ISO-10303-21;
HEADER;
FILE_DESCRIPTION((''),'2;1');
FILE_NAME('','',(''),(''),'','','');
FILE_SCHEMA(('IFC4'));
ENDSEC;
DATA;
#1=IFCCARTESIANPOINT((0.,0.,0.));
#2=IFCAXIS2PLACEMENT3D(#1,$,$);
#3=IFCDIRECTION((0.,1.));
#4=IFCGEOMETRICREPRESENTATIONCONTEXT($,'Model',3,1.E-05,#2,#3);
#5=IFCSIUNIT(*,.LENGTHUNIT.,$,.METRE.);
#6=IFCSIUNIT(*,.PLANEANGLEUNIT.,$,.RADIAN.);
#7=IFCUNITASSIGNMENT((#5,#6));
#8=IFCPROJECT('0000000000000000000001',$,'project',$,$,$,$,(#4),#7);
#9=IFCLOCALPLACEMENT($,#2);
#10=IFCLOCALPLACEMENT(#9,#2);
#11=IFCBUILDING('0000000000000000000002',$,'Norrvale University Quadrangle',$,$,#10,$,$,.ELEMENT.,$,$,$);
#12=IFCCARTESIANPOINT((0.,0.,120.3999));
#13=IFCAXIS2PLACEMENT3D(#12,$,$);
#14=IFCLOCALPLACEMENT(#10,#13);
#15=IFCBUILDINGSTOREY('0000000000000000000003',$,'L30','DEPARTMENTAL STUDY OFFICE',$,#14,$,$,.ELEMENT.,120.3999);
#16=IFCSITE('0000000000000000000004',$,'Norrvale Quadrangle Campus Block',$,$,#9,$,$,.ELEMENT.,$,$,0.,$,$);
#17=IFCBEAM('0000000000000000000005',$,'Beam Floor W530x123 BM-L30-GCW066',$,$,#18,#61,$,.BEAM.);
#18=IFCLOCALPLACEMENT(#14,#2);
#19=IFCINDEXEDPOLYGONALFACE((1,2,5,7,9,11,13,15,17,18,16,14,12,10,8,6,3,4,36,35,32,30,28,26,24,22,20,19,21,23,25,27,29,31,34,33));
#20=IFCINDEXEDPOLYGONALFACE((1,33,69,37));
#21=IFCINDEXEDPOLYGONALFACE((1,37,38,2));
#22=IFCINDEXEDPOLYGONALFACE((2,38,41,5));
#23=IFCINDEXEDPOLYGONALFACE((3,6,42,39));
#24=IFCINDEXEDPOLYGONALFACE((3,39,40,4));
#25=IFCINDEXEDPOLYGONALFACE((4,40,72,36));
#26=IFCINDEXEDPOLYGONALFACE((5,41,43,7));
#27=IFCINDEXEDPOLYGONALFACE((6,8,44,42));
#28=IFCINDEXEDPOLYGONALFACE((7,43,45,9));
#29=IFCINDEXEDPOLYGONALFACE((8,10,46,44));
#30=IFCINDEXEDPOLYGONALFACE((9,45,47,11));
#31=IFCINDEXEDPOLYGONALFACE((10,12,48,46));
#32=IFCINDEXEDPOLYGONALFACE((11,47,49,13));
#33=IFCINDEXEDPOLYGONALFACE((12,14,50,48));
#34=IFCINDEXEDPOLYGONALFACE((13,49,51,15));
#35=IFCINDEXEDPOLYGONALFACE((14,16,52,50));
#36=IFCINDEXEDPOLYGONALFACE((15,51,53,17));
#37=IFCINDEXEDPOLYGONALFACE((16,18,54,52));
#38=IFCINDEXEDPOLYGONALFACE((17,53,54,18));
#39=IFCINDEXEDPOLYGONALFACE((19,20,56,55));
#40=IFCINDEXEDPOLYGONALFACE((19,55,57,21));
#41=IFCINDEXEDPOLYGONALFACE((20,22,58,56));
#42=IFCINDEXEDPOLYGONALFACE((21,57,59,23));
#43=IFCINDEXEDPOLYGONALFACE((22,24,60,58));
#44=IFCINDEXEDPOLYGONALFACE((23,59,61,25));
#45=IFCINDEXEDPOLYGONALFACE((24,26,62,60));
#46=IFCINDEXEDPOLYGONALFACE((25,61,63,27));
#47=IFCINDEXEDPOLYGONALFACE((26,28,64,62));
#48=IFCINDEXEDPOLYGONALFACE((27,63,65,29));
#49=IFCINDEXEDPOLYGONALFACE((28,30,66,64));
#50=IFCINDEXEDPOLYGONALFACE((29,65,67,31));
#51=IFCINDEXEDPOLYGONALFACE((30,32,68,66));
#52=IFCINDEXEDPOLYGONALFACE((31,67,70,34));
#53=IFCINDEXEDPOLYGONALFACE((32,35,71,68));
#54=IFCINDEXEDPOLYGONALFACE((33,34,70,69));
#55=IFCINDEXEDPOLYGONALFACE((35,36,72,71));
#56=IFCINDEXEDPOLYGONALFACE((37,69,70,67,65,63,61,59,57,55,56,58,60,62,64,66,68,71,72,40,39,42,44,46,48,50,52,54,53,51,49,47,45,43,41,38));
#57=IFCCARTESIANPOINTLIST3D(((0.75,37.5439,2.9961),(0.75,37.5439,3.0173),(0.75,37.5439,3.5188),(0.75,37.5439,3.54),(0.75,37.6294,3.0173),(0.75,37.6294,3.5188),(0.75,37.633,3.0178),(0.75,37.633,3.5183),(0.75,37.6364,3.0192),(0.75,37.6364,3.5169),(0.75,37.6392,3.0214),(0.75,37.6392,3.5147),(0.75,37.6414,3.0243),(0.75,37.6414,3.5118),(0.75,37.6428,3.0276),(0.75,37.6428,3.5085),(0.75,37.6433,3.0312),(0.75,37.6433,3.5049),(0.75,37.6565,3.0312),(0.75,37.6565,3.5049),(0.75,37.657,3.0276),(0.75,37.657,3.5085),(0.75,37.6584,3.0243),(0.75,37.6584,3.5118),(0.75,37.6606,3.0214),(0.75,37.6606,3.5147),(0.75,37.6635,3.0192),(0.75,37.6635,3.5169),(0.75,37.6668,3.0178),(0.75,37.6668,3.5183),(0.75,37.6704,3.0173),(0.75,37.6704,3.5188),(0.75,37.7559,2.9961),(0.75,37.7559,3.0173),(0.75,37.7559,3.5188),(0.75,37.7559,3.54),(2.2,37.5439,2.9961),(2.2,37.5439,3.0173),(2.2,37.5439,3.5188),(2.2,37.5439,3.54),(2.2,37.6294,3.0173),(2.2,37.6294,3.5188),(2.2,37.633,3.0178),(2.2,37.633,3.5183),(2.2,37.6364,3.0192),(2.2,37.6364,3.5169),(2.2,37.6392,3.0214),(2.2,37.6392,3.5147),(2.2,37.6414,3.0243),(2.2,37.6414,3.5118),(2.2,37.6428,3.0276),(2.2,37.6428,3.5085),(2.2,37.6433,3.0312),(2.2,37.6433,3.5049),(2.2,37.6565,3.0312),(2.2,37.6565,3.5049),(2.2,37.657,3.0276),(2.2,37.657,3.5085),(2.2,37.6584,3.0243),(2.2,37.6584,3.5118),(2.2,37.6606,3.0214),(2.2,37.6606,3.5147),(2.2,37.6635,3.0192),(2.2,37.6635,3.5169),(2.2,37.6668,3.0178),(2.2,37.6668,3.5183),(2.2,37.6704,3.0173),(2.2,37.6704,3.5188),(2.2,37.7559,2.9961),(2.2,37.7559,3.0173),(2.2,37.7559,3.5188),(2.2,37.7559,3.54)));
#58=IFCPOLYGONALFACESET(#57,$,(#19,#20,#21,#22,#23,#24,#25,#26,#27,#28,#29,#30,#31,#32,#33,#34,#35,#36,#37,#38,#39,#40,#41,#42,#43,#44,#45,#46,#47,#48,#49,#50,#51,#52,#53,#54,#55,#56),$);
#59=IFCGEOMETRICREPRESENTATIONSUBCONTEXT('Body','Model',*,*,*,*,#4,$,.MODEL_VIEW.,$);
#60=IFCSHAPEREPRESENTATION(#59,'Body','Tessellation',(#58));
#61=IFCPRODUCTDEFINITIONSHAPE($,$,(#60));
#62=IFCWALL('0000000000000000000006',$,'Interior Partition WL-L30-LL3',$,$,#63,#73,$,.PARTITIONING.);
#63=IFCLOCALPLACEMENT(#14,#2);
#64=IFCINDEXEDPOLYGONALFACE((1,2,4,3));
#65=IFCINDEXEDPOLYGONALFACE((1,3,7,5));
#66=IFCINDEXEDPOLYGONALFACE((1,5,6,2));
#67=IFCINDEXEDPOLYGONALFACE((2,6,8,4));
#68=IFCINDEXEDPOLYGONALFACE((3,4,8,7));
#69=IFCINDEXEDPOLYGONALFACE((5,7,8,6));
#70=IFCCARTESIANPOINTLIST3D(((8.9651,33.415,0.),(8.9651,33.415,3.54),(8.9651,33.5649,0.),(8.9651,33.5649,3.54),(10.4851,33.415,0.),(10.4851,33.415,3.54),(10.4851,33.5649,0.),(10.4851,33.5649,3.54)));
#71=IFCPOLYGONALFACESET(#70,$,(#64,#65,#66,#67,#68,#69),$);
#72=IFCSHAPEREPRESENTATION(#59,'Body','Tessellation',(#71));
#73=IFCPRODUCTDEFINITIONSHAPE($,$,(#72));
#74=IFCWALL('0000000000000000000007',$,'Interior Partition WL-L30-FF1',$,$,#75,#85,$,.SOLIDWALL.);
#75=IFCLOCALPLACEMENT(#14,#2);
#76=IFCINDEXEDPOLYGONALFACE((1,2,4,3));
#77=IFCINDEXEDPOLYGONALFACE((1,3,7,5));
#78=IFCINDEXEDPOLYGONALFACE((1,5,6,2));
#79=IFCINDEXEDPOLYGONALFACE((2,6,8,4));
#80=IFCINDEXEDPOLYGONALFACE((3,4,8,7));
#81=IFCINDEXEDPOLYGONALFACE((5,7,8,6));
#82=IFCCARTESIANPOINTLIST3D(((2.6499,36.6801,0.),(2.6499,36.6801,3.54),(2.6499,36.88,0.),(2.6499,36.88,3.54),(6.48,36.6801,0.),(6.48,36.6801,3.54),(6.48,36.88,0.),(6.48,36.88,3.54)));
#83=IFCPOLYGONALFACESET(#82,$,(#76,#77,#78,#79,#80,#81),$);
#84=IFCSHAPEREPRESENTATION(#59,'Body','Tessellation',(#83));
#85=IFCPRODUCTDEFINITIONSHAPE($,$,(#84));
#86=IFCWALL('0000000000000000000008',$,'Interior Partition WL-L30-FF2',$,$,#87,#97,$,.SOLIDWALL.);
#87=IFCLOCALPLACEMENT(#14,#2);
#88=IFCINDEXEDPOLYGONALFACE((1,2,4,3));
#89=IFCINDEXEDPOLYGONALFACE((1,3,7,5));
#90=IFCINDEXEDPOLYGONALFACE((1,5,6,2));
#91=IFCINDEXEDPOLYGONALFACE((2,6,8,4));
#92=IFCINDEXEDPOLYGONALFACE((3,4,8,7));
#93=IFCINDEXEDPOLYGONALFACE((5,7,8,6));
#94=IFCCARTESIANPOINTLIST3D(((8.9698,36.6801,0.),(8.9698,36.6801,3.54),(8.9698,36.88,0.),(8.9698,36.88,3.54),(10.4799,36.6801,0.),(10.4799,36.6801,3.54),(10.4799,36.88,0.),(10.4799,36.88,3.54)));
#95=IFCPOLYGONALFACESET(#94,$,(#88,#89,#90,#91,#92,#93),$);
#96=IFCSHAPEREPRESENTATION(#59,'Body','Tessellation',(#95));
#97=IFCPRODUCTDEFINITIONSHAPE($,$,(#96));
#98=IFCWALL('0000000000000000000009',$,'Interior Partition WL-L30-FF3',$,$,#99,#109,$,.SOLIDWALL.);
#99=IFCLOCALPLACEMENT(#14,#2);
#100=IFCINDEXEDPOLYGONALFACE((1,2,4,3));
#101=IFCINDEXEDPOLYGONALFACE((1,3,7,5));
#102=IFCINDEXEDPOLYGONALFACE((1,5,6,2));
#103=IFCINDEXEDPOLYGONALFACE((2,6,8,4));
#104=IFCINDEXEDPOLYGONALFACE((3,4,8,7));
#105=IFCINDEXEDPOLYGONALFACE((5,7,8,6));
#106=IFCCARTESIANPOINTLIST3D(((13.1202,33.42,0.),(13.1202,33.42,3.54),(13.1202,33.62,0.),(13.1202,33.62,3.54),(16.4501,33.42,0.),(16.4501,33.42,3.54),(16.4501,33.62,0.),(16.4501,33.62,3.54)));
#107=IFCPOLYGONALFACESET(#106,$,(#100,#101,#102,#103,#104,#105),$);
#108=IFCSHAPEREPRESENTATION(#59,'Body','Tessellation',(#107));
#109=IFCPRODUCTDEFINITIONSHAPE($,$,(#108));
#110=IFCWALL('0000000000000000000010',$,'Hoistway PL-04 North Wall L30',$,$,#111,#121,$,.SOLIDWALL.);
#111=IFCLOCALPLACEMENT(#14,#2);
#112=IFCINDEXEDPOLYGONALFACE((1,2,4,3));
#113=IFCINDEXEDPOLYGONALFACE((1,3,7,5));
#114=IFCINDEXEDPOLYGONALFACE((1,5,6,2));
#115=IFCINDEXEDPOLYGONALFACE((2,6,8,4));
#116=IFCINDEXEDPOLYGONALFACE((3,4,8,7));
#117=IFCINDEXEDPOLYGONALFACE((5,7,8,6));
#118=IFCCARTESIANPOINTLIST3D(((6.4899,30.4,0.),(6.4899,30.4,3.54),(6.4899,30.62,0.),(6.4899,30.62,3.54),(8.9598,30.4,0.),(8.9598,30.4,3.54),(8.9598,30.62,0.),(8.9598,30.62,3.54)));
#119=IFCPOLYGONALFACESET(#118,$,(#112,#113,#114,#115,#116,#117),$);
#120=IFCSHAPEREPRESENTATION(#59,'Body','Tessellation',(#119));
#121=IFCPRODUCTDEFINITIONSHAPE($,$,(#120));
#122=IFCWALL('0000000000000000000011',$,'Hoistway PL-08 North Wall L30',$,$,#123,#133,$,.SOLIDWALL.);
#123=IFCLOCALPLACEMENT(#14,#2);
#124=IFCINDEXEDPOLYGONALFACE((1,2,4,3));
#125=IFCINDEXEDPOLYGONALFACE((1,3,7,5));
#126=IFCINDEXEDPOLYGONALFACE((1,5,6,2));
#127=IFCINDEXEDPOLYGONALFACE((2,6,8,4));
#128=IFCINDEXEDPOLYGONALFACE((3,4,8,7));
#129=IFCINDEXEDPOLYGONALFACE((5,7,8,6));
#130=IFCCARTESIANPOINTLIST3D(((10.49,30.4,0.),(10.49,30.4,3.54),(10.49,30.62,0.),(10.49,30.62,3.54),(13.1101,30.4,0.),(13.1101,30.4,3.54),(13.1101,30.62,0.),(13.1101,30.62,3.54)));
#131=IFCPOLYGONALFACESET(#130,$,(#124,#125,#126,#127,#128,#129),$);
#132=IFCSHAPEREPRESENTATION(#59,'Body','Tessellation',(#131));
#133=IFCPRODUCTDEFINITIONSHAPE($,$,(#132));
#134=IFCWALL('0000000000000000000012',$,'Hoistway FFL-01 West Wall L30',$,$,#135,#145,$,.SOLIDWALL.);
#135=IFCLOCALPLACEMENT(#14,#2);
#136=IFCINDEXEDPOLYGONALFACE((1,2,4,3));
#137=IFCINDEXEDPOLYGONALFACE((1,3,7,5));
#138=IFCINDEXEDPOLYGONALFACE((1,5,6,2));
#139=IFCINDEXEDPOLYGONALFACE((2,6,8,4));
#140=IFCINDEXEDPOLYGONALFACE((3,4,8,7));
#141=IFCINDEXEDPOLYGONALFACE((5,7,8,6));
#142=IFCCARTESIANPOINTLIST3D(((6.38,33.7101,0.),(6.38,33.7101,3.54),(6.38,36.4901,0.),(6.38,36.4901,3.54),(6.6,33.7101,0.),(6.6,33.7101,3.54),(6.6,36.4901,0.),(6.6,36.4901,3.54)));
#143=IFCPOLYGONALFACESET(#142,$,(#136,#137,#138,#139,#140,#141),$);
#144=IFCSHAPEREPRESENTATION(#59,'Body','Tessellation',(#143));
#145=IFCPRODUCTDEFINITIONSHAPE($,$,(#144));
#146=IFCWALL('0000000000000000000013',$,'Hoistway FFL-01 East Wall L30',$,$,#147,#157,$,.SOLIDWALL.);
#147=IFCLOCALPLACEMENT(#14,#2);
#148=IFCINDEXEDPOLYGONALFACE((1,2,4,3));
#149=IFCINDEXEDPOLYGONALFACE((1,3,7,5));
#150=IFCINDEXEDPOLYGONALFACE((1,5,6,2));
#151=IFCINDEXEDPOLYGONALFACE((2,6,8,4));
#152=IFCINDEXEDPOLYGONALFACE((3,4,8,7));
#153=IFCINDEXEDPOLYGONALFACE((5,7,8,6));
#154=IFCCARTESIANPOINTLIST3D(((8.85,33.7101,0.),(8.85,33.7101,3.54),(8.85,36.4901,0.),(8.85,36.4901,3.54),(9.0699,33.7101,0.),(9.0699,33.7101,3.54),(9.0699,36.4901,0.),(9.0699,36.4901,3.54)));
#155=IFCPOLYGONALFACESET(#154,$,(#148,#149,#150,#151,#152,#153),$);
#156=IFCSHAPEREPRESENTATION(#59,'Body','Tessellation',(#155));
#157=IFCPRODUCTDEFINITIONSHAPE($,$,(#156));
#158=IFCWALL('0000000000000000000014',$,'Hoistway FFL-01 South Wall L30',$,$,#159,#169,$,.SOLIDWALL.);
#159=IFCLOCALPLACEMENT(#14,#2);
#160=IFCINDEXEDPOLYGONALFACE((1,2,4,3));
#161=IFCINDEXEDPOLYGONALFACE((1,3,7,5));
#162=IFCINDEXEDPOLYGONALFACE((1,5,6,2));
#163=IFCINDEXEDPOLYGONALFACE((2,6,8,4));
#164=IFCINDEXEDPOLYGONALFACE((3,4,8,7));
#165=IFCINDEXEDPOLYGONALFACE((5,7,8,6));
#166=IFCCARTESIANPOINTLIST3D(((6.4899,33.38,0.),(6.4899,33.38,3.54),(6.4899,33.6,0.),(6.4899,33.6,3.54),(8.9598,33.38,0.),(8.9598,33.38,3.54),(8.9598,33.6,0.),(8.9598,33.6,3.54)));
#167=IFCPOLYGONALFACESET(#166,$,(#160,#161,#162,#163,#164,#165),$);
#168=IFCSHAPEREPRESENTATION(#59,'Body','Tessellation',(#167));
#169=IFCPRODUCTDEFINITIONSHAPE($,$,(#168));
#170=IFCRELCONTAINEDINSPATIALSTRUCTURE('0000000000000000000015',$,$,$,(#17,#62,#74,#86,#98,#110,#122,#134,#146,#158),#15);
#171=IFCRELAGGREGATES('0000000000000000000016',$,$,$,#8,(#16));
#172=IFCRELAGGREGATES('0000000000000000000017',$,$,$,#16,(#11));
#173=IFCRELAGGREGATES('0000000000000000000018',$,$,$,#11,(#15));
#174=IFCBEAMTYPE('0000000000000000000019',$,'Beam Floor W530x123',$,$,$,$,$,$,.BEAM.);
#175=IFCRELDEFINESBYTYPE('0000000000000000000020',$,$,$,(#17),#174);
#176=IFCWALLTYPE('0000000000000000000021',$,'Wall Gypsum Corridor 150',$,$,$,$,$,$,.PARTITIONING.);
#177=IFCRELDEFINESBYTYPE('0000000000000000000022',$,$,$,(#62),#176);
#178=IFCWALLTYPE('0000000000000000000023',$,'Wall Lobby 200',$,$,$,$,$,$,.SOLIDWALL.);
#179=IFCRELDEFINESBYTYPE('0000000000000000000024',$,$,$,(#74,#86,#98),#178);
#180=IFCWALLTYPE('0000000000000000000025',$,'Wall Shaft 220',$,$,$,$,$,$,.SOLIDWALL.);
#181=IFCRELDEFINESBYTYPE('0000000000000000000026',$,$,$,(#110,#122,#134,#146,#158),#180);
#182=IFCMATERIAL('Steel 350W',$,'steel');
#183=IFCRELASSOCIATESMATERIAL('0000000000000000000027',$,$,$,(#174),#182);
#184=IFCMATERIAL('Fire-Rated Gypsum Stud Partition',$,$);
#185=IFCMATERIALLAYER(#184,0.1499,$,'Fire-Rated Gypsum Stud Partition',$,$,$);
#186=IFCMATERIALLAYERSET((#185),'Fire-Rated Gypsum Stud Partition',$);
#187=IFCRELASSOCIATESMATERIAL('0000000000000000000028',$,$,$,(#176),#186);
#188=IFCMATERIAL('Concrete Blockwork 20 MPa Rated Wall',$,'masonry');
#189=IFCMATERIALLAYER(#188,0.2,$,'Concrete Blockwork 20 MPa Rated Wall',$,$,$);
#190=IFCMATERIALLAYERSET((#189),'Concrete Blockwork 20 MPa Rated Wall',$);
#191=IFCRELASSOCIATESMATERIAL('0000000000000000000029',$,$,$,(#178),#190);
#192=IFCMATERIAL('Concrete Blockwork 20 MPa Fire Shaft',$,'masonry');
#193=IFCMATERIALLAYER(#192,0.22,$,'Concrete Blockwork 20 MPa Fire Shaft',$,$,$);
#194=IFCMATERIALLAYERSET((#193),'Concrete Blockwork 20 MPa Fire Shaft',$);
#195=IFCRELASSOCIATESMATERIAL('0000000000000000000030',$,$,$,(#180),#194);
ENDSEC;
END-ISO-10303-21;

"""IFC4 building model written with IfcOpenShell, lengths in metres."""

from ifc_helpers import new_model, si_unit, direction, frame, frame_2d, origin, origin_2d, place, context, subcontext, project, spatial, rectangle, i_section, extrude, material, layer, layer_set, material_profile, profile_set, type_object, element, save


model = new_model("IFC4")

# Units and contexts
model_context = context("Model", 3, precision=1e-05, world=origin(), true_north=direction((0.0, 1.0)))
body_context = subcontext(model_context, "Body", "Model", "MODEL_VIEW")
ifc_project = project(units=[si_unit("LENGTHUNIT", "METRE"), si_unit("PLANEANGLEUNIT", "RADIAN")], contexts=[model_context])

# Site, building, storey
site_placement = place(None, origin())
site = spatial("IfcSite", under=ifc_project, at=site_placement, Name="Norrvale Quadrangle Campus Block", CompositionType="ELEMENT", RefElevation=0.0)
building_placement = place(site_placement, origin())
building = spatial("IfcBuilding", under=site, at=building_placement, Name="Norrvale University Quadrangle", CompositionType="ELEMENT")
storey_placement = place(building_placement, frame((0.0, 0.0, 120.3999)))
storey = spatial("IfcBuildingStorey", under=building, at=storey_placement, Name="L30", Description="DEPARTMENTAL STUDY OFFICE", CompositionType="ELEMENT", Elevation=120.3999)

# Beam
ifc_material_1 = material(Name="Steel 350W", Category="steel")
ifc_material_profile_1 = material_profile(ifc_material_1, i_section(OverallWidth=0.2119, OverallDepth=0.5439, WebThickness=0.0132, FlangeThickness=0.0212, FilletRadius=0.0139, at=origin_2d()), Name="Steel 350W")
ifc_profile_set_1 = profile_set([ifc_material_profile_1], Name="Steel 350W")
beam_type = type_object("IfcBeamType", Name="Beam Floor W530x123", PredefinedType="BEAM", material=ifc_profile_set_1)
for number, where, z_axis, x_axis, name in (
    (1, (0.75, 37.6499, 3.2681), (1.0, 0.0, 0.0), (0.0, 1.0, 0.0), "Beam Floor W530x123 BM-L30-GCW066"),
):
    element("IfcBeam", number, at=place(storey_placement, frame(where, z_axis=z_axis, x_axis=x_axis)), inside=storey, type_object=beam_type, Name=name, PredefinedType="BEAM", context=body_context, shape_type="SweptSolid", body=[
        extrude(i_section(OverallWidth=0.2119, OverallDepth=0.5439, WebThickness=0.0132, FlangeThickness=0.0212, FilletRadius=0.0139, at=origin_2d()), origin(), (0.0, 0.0, 1.0), 1.45),
    ])

# Walls
ifc_material_2 = material(Name="Fire-Rated Gypsum Stud Partition")
ifc_layer_1 = layer(ifc_material_2, 0.1499, Name="Fire-Rated Gypsum Stud Partition")
ifc_layer_set_1 = layer_set([ifc_layer_1], Name="Fire-Rated Gypsum Stud Partition")
wall_type_1 = type_object("IfcWallType", Name="Wall Gypsum Corridor 150", PredefinedType="PARTITIONING", material=ifc_layer_set_1)
wall_1_placement = place(storey_placement, frame((8.9651, 33.49, 0.0), z_axis=(0.0, 0.0, 1.0), x_axis=(1.0, 0.0, 0.0)))
element("IfcWall", 2, at=wall_1_placement, inside=storey, type_object=wall_type_1, Name="Interior Partition WL-L30-LL3", PredefinedType="PARTITIONING", context=body_context, shape_type="SweptSolid", body=[
    extrude(rectangle(XDim=1.52, YDim=0.1499, at=frame_2d((0.76, 0.0))), origin(), (0.0, 0.0, 1.0), 3.54),
])
ifc_material_3 = material(Name="Concrete Blockwork 20 MPa Rated Wall", Category="masonry")
ifc_layer_2 = layer(ifc_material_3, 0.2, Name="Concrete Blockwork 20 MPa Rated Wall")
ifc_layer_set_2 = layer_set([ifc_layer_2], Name="Concrete Blockwork 20 MPa Rated Wall")
wall_type_2 = type_object("IfcWallType", Name="Wall Lobby 200", PredefinedType="SOLIDWALL", material=ifc_layer_set_2)
wall_2_placement = place(storey_placement, frame((2.6499, 36.78, 0.0), z_axis=(0.0, 0.0, 1.0), x_axis=(1.0, 0.0, 0.0)))
element("IfcWall", 3, at=wall_2_placement, inside=storey, type_object=wall_type_2, Name="Interior Partition WL-L30-FF1", PredefinedType="SOLIDWALL", context=body_context, shape_type="SweptSolid", body=[
    extrude(rectangle(XDim=3.8301, YDim=0.2, at=frame_2d((1.915, 0.0))), origin(), (0.0, 0.0, 1.0), 3.54),
])
wall_3_placement = place(storey_placement, frame((8.97, 36.78, 0.0), z_axis=(0.0, 0.0, 1.0), x_axis=(1.0, 0.0, 0.0)))
element("IfcWall", 4, at=wall_3_placement, inside=storey, type_object=wall_type_2, Name="Interior Partition WL-L30-FF2", PredefinedType="SOLIDWALL", context=body_context, shape_type="SweptSolid", body=[
    extrude(rectangle(XDim=1.51, YDim=0.2, at=frame_2d((0.7549, 0.0))), origin(), (0.0, 0.0, 1.0), 3.54),
])
wall_4_placement = place(storey_placement, frame((13.1201, 33.52, 0.0), z_axis=(0.0, 0.0, 1.0), x_axis=(1.0, 0.0, 0.0)))
element("IfcWall", 5, at=wall_4_placement, inside=storey, type_object=wall_type_2, Name="Interior Partition WL-L30-FF3", PredefinedType="SOLIDWALL", context=body_context, shape_type="SweptSolid", body=[
    extrude(rectangle(XDim=3.3298, YDim=0.2, at=frame_2d((1.665, 0.0))), origin(), (0.0, 0.0, 1.0), 3.54),
])
ifc_material_4 = material(Name="Concrete Blockwork 20 MPa Fire Shaft", Category="masonry")
ifc_layer_3 = layer(ifc_material_4, 0.22, Name="Concrete Blockwork 20 MPa Fire Shaft")
ifc_layer_set_3 = layer_set([ifc_layer_3], Name="Concrete Blockwork 20 MPa Fire Shaft")
wall_type_3 = type_object("IfcWallType", Name="Wall Shaft 220", PredefinedType="SOLIDWALL", material=ifc_layer_set_3)
wall_5_placement = place(storey_placement, frame((6.49, 30.51, 0.0), z_axis=(0.0, 0.0, 1.0), x_axis=(1.0, 0.0, 0.0)))
element("IfcWall", 6, at=wall_5_placement, inside=storey, type_object=wall_type_3, Name="Hoistway PL-04 North Wall L30", PredefinedType="SOLIDWALL", context=body_context, shape_type="SweptSolid", body=[
    extrude(rectangle(XDim=2.47, YDim=0.22, at=frame_2d((1.2349, 0.0))), origin(), (0.0, 0.0, 1.0), 3.54),
])
wall_6_placement = place(storey_placement, frame((10.49, 30.51, 0.0), z_axis=(0.0, 0.0, 1.0), x_axis=(1.0, 0.0, 0.0)))
element("IfcWall", 7, at=wall_6_placement, inside=storey, type_object=wall_type_3, Name="Hoistway PL-08 North Wall L30", PredefinedType="SOLIDWALL", context=body_context, shape_type="SweptSolid", body=[
    extrude(rectangle(XDim=2.6201, YDim=0.22, at=frame_2d((1.3101, 0.0))), origin(), (0.0, 0.0, 1.0), 3.54),
])
for number, where, z_axis, x_axis, name in (
    (8, (6.49, 33.71, 0.0), (0.0, 0.0, 1.0), (0.0, 1.0, 0.0), "Hoistway FFL-01 West Wall L30"),
    (9, (8.96, 33.71, 0.0), (0.0, 0.0, 1.0), (0.0, 1.0, 0.0), "Hoistway FFL-01 East Wall L30"),
):
    element("IfcWall", number, at=place(storey_placement, frame(where, z_axis=z_axis, x_axis=x_axis)), inside=storey, type_object=wall_type_3, Name=name, PredefinedType="SOLIDWALL", context=body_context, shape_type="SweptSolid", body=[
        extrude(rectangle(XDim=2.78, YDim=0.22, at=frame_2d((1.3901, 0.0))), origin(), (0.0, 0.0, 1.0), 3.54),
    ])
wall_7_placement = place(storey_placement, frame((6.49, 33.49, 0.0), z_axis=(0.0, 0.0, 1.0), x_axis=(1.0, 0.0, 0.0)))
element("IfcWall", 10, at=wall_7_placement, inside=storey, type_object=wall_type_3, Name="Hoistway FFL-01 South Wall L30", PredefinedType="SOLIDWALL", context=body_context, shape_type="SweptSolid", body=[
    extrude(rectangle(XDim=2.47, YDim=0.22, at=frame_2d((1.2349, 0.0))), origin(), (0.0, 0.0, 1.0), 3.54),
])

save(model, "model.ifc")
